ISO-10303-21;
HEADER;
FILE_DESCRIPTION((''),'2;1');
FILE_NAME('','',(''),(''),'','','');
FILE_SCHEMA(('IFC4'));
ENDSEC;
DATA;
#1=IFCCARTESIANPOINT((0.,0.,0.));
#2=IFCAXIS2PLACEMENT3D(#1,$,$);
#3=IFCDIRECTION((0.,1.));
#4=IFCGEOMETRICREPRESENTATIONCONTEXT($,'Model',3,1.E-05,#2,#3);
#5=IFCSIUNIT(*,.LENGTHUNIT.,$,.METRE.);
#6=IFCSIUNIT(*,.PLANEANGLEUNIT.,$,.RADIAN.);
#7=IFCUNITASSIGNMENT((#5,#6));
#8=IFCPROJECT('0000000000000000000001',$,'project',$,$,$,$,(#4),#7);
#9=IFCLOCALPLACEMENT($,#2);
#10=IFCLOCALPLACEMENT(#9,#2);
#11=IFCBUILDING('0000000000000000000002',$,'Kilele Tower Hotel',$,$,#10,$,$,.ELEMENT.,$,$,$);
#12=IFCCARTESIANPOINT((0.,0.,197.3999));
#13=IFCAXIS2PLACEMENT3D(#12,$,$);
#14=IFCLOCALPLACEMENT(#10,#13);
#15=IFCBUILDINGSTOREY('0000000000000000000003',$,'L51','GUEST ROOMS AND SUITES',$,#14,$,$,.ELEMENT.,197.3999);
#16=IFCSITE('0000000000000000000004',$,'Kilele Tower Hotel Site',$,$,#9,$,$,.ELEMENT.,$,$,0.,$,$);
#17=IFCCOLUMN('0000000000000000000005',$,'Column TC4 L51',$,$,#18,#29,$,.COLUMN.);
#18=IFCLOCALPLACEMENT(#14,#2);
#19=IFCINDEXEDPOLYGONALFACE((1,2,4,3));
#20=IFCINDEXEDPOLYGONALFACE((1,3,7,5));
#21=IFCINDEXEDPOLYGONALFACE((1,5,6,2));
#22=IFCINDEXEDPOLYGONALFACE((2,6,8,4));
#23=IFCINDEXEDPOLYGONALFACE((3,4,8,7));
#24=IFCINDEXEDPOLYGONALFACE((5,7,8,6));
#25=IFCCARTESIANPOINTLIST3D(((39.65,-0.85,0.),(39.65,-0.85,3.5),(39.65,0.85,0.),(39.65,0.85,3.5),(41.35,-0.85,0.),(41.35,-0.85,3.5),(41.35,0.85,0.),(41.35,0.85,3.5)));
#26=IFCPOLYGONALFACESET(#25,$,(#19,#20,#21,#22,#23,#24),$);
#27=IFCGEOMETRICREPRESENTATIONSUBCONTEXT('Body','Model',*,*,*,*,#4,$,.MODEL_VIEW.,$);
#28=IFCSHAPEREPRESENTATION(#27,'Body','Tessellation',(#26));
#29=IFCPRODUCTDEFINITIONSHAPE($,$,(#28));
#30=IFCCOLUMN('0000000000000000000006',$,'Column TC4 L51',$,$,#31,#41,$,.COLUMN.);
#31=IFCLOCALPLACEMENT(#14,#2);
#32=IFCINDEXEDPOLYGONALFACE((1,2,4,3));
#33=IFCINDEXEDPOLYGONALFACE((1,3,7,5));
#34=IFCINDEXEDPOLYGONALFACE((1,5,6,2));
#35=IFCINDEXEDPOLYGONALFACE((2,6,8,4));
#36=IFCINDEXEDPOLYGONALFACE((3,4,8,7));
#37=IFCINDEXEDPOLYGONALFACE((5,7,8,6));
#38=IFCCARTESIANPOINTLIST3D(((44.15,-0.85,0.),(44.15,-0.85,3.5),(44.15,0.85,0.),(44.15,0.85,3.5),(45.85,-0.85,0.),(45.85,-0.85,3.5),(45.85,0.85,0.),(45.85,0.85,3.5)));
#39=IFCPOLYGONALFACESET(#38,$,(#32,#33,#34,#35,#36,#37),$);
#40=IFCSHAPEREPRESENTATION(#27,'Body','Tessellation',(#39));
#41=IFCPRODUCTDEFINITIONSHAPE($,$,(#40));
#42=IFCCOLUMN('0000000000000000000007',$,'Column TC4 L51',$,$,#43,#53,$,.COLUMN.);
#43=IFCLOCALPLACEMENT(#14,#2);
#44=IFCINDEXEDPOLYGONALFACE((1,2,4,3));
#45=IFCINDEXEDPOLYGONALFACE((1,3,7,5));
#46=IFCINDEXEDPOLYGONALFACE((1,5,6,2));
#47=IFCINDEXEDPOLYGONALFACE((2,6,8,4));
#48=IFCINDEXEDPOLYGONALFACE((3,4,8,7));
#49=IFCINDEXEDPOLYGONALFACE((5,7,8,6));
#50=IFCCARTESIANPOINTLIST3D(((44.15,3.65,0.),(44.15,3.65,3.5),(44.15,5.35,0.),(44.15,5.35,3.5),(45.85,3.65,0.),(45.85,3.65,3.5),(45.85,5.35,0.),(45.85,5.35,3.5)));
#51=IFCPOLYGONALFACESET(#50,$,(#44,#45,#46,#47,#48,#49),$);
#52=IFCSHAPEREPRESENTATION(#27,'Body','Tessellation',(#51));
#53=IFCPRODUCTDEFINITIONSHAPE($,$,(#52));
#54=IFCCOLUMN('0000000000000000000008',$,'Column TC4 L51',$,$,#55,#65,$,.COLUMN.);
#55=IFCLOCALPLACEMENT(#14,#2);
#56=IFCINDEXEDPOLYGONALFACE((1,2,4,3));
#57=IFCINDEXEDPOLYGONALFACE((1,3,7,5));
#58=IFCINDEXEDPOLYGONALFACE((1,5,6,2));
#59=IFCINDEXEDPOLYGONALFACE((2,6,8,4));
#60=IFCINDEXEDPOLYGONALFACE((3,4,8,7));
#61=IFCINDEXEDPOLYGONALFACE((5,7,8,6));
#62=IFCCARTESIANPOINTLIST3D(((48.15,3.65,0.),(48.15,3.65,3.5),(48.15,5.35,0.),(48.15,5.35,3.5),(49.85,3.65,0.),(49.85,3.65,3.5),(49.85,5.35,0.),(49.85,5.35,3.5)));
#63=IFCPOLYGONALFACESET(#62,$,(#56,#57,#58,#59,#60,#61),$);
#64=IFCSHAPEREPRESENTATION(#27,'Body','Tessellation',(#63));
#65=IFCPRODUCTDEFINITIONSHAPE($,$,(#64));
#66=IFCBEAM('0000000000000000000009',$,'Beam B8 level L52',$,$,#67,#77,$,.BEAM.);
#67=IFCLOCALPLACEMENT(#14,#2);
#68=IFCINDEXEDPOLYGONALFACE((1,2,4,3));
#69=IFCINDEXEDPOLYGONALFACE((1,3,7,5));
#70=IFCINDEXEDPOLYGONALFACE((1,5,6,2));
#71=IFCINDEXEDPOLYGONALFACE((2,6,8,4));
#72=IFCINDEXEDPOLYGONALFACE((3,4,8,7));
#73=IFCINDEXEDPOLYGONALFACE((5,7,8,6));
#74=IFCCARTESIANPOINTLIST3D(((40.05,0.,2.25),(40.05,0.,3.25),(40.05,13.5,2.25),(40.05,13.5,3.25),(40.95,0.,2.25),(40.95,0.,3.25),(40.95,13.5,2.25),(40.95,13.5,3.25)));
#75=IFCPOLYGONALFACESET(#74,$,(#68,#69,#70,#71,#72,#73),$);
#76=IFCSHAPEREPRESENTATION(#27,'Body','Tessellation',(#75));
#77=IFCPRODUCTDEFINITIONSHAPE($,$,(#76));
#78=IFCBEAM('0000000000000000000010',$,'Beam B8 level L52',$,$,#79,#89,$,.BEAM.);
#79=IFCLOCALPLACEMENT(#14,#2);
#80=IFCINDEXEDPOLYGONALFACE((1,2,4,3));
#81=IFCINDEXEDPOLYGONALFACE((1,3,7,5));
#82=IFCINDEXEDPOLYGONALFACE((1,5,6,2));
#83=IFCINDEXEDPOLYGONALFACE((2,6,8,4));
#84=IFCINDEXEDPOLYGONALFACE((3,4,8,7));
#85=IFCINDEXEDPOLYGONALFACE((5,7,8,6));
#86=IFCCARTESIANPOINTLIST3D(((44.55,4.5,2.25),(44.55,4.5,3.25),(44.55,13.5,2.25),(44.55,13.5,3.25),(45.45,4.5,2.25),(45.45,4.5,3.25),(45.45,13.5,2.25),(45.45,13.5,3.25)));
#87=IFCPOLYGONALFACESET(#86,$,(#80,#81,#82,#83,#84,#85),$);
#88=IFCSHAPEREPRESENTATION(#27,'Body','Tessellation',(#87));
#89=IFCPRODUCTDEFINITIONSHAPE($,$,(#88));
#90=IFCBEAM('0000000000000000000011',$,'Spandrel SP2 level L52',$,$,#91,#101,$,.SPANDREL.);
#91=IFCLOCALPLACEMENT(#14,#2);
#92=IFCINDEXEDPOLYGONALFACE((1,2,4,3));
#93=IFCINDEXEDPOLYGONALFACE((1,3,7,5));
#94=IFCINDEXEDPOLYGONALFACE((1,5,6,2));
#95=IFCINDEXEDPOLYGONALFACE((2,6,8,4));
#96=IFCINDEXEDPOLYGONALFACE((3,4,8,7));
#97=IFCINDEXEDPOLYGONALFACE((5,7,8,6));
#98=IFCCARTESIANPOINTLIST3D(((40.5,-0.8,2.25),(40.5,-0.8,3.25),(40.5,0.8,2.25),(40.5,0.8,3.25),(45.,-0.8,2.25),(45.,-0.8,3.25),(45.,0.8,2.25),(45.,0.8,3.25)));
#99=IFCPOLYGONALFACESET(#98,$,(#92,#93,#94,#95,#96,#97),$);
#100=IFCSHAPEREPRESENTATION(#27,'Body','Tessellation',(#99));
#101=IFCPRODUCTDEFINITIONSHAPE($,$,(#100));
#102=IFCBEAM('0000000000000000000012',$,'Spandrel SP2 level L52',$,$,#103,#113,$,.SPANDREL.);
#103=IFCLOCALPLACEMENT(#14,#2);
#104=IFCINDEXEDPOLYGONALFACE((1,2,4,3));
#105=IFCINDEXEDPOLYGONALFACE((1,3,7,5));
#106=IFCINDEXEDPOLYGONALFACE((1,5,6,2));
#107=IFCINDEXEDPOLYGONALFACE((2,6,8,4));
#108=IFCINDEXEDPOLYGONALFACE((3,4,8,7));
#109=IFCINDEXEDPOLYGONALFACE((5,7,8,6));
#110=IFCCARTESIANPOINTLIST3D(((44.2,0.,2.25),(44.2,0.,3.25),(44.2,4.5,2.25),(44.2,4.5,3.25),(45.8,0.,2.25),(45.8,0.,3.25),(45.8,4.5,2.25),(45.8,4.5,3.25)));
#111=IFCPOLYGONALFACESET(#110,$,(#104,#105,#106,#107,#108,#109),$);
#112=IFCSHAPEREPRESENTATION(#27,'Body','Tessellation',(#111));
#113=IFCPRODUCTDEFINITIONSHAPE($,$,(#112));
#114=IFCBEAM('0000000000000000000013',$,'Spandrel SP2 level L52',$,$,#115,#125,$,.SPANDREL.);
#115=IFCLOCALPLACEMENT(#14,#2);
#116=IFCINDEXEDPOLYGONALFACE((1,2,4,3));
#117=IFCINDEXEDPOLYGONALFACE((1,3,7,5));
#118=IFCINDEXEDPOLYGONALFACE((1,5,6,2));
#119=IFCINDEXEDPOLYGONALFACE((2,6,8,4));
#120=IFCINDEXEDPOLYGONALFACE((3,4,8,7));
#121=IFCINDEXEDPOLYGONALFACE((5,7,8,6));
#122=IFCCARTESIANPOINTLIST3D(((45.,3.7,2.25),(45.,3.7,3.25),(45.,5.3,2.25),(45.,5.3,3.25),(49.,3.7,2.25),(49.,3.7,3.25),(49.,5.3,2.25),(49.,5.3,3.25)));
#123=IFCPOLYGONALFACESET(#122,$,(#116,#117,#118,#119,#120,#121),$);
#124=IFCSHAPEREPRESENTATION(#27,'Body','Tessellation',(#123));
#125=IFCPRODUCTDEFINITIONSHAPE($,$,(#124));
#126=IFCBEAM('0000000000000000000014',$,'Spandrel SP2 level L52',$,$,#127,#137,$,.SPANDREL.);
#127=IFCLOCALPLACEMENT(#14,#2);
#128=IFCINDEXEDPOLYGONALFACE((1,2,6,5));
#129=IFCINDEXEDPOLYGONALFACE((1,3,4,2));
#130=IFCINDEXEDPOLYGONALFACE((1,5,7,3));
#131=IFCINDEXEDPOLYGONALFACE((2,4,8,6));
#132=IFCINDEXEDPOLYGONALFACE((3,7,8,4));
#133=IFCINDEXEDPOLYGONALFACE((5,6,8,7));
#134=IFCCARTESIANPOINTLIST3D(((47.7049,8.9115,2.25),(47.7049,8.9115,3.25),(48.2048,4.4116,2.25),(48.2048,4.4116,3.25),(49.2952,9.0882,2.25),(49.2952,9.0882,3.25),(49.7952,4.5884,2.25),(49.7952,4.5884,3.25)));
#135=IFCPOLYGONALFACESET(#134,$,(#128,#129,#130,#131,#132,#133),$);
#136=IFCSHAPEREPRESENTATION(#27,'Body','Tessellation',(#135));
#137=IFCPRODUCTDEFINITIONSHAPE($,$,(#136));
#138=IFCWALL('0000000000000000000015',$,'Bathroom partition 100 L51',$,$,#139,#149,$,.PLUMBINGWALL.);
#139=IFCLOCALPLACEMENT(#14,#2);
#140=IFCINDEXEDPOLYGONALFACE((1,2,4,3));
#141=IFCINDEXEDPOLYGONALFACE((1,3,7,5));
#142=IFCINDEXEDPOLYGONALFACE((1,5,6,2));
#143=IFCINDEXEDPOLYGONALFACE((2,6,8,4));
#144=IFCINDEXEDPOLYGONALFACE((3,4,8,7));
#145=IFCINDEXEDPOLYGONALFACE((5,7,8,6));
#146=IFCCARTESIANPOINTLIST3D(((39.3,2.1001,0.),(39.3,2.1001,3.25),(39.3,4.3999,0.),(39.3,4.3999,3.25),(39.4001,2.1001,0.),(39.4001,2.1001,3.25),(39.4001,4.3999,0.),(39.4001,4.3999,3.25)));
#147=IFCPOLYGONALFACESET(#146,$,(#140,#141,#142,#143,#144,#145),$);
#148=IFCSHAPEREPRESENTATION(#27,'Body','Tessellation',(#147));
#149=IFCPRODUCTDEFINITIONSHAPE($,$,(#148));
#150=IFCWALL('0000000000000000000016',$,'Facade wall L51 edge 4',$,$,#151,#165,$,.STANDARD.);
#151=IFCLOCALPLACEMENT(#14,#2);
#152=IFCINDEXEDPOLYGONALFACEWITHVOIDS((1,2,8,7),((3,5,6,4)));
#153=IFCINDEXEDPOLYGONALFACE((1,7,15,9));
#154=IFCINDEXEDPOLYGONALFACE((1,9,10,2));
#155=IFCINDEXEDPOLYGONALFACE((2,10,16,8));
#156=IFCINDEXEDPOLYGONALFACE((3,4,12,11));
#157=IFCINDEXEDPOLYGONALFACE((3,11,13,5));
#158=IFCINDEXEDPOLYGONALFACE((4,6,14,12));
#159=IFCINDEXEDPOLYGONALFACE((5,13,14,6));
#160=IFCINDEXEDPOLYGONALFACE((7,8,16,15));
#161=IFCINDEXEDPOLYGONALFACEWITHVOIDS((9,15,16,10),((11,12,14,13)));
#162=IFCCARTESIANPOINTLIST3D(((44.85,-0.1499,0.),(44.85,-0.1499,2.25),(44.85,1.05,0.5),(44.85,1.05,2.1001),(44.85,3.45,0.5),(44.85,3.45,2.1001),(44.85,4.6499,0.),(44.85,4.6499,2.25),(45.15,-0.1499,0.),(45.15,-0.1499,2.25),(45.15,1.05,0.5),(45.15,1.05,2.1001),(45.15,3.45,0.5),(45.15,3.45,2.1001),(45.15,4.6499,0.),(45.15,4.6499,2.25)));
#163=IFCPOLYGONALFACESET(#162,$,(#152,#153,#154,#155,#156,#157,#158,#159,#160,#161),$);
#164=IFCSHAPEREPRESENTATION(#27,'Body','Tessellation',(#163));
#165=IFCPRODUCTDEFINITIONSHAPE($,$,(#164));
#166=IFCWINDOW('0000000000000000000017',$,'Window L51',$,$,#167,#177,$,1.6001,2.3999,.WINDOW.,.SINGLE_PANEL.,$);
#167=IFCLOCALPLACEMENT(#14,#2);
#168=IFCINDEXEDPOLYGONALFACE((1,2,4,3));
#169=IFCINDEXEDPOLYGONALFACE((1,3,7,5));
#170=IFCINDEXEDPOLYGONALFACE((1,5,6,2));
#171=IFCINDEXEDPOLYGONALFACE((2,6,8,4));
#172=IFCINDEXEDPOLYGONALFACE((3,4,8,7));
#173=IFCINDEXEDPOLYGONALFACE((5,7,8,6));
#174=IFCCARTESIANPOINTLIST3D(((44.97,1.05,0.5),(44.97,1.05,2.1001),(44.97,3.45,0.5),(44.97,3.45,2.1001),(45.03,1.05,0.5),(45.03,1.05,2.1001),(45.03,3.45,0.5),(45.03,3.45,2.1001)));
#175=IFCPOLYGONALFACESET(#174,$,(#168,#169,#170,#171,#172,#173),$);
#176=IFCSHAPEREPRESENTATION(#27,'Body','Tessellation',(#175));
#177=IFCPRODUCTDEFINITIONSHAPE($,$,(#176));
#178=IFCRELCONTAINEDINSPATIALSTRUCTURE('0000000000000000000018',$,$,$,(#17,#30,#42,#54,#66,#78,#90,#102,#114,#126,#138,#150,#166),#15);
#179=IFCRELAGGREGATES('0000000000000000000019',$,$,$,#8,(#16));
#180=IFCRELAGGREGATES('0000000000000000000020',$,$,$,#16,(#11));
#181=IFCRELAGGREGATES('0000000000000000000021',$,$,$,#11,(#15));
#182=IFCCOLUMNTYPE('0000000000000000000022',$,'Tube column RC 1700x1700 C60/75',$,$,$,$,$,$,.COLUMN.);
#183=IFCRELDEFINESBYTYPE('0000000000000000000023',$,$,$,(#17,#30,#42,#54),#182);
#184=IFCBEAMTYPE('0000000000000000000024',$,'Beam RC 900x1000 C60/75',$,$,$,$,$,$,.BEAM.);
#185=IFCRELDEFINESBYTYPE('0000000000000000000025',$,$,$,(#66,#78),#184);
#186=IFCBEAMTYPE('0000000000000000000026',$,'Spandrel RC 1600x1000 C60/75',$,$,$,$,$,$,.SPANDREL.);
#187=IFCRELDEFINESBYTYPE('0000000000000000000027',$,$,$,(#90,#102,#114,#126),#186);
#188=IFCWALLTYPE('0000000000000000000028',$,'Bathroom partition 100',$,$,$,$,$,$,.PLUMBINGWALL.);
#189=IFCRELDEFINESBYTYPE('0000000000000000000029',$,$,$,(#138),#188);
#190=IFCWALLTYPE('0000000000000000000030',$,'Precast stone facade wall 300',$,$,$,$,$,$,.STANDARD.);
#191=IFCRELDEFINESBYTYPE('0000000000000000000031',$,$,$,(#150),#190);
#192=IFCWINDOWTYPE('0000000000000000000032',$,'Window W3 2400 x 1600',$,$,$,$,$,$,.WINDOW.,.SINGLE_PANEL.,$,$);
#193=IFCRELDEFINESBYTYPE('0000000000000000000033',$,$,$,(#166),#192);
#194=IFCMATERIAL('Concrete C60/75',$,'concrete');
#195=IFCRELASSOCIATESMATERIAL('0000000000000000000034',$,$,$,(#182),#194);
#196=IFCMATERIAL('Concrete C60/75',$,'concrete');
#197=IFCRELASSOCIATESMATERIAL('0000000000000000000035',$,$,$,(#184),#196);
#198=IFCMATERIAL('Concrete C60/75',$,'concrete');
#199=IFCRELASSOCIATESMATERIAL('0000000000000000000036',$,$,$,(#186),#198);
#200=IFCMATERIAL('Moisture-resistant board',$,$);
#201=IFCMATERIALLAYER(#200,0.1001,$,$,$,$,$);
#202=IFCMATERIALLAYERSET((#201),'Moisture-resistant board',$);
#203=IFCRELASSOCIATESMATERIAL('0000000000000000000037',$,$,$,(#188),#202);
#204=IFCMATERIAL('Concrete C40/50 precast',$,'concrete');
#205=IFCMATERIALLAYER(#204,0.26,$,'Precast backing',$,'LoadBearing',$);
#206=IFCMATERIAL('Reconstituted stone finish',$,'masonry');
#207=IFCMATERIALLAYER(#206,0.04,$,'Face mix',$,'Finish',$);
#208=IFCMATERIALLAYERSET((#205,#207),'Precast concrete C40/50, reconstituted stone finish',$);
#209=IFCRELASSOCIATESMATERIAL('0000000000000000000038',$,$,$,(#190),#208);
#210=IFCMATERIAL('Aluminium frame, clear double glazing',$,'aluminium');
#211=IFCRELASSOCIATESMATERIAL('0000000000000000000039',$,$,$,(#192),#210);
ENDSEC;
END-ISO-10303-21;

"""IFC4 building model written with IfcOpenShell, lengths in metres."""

from ifc_helpers import new_model, si_unit, direction, frame, frame_2d, origin, origin_2d, place, context, subcontext, project, spatial, rectangle, extrude, material, layer, layer_set, material_profile, profile_set, type_object, element, fill, save


model = new_model("IFC4")

# Units and contexts
model_context = context("Model", 3, precision=1e-05, world=origin(), true_north=direction((0.0, 1.0)))
body_context = subcontext(model_context, "Body", "Model", "MODEL_VIEW")
ifc_project = project(units=[si_unit("LENGTHUNIT", "METRE"), si_unit("PLANEANGLEUNIT", "RADIAN")], contexts=[model_context])

# Site, building, storey
site_placement = place(None, origin())
site = spatial("IfcSite", under=ifc_project, at=site_placement, Name="Kilele Tower Hotel Site", CompositionType="ELEMENT", RefElevation=0.0)
building_placement = place(site_placement, origin())
building = spatial("IfcBuilding", under=site, at=building_placement, Name="Kilele Tower Hotel", CompositionType="ELEMENT")
storey_placement = place(building_placement, frame((0.0, 0.0, 197.3999)))
storey = spatial("IfcBuildingStorey", under=building, at=storey_placement, Name="L51", Description="GUEST ROOMS AND SUITES", CompositionType="ELEMENT", Elevation=197.3999)

# Columns
ifc_material_1 = material(Name="Concrete C60/75", Category="concrete")
ifc_material_profile_1 = material_profile(ifc_material_1, rectangle(XDim=1.7, YDim=1.7, at=origin_2d()))
ifc_profile_set_1 = profile_set([ifc_material_profile_1], Name="Concrete C60/75")
column_type = type_object("IfcColumnType", Name="Tube column RC 1700x1700 C60/75", PredefinedType="COLUMN", material=ifc_profile_set_1)
for number, where, z_axis, x_axis, name in (
    (1, (40.5, 0.0, 0.0), (0.0, 0.0, 1.0), (1.0, 0.0, 0.0), "Column TC4 L51"),
    (2, (45.0, 0.0, 0.0), (0.0, 0.0, 1.0), (1.0, 0.0, 0.0), "Column TC4 L51"),
    (3, (45.0, 4.5, 0.0), (0.0, 0.0, 1.0), (1.0, 0.0, 0.0), "Column TC4 L51"),
    (4, (49.0, 4.5, 0.0), (0.0, 0.0, 1.0), (1.0, 0.0, 0.0), "Column TC4 L51"),
):
    element("IfcColumn", number, at=place(storey_placement, frame(where, z_axis=z_axis, x_axis=x_axis)), inside=storey, type_object=column_type, Name=name, PredefinedType="COLUMN", context=body_context, shape_type="SweptSolid", body=[
        extrude(rectangle(XDim=1.7, YDim=1.7, at=origin_2d()), origin(), (0.0, 0.0, 1.0), 3.5),
    ])

# Beams
ifc_material_2 = material(Name="Concrete C60/75", Category="concrete")
ifc_material_profile_2 = material_profile(ifc_material_2, rectangle(XDim=0.8999, YDim=1.0, at=origin_2d()))
ifc_profile_set_2 = profile_set([ifc_material_profile_2], Name="Concrete C60/75")
beam_type_1 = type_object("IfcBeamType", Name="Beam RC 900x1000 C60/75", PredefinedType="BEAM", material=ifc_profile_set_2)
beam_1_placement = place(storey_placement, frame((40.5, 0.0, 2.75), z_axis=(0.0, 1.0, 0.0), x_axis=(-1.0, 0.0, 0.0)))
element("IfcBeam", 5, at=beam_1_placement, inside=storey, type_object=beam_type_1, Name="Beam B8 level L52", PredefinedType="BEAM", context=body_context, shape_type="SweptSolid", body=[
    extrude(rectangle(XDim=0.8999, YDim=1.0, at=origin_2d()), origin(), (0.0, 0.0, 1.0), 13.5),
])
beam_2_placement = place(storey_placement, frame((45.0, 4.5, 2.75), z_axis=(0.0, 1.0, 0.0), x_axis=(-1.0, 0.0, 0.0)))
element("IfcBeam", 6, at=beam_2_placement, inside=storey, type_object=beam_type_1, Name="Beam B8 level L52", PredefinedType="BEAM", context=body_context, shape_type="SweptSolid", body=[
    extrude(rectangle(XDim=0.8999, YDim=1.0, at=origin_2d()), origin(), (0.0, 0.0, 1.0), 9.0),
])
ifc_material_3 = material(Name="Concrete C60/75", Category="concrete")
ifc_material_profile_3 = material_profile(ifc_material_3, rectangle(XDim=1.6001, YDim=1.0, at=origin_2d()))
ifc_profile_set_3 = profile_set([ifc_material_profile_3], Name="Concrete C60/75")
beam_type_2 = type_object("IfcBeamType", Name="Spandrel RC 1600x1000 C60/75", PredefinedType="SPANDREL", material=ifc_profile_set_3)
for number, where, z_axis, x_axis, name in (
    (7, (40.5, 0.0, 2.75), (1.0, 0.0, 0.0), (0.0, 1.0, 0.0), "Spandrel SP2 level L52"),
    (8, (45.0, 0.0, 2.75), (0.0, 1.0, 0.0), (-1.0, 0.0, 0.0), "Spandrel SP2 level L52"),
):
    element("IfcBeam", number, at=place(storey_placement, frame(where, z_axis=z_axis, x_axis=x_axis)), inside=storey, type_object=beam_type_2, Name=name, PredefinedType="SPANDREL", context=body_context, shape_type="SweptSolid", body=[
        extrude(rectangle(XDim=1.6001, YDim=1.0, at=origin_2d()), origin(), (0.0, 0.0, 1.0), 4.5),
    ])
beam_3_placement = place(storey_placement, frame((45.0, 4.5, 2.75), z_axis=(1.0, 0.0, 0.0), x_axis=(0.0, 1.0, 0.0)))
element("IfcBeam", 9, at=beam_3_placement, inside=storey, type_object=beam_type_2, Name="Spandrel SP2 level L52", PredefinedType="SPANDREL", context=body_context, shape_type="SweptSolid", body=[
    extrude(rectangle(XDim=1.6001, YDim=1.0, at=origin_2d()), origin(), (0.0, 0.0, 1.0), 4.0),
])
beam_4_placement = place(storey_placement, frame((49.0, 4.5, 2.75), z_axis=(-0.110432, 0.993884, 0.0), x_axis=(-0.993884, -0.110432, 0.0)))
element("IfcBeam", 10, at=beam_4_placement, inside=storey, type_object=beam_type_2, Name="Spandrel SP2 level L52", PredefinedType="SPANDREL", context=body_context, shape_type="SweptSolid", body=[
    extrude(rectangle(XDim=1.6001, YDim=1.0, at=origin_2d()), origin(), (0.0, 0.0, 1.0), 4.5276),
])

# Wall
ifc_material_4 = material(Name="Moisture-resistant board")
ifc_layer_1 = layer(ifc_material_4, 0.1001)
ifc_layer_set_1 = layer_set([ifc_layer_1], Name="Moisture-resistant board")
wall_type_1 = type_object("IfcWallType", Name="Bathroom partition 100", PredefinedType="PLUMBINGWALL", material=ifc_layer_set_1)
wall_1_placement = place(storey_placement, frame((39.3501, 4.3999, 0.0), z_axis=(0.0, 0.0, 1.0), x_axis=(0.0, -1.0, 0.0)))
element("IfcWall", 11, at=wall_1_placement, inside=storey, type_object=wall_type_1, Name="Bathroom partition 100 L51", PredefinedType="PLUMBINGWALL", context=body_context, shape_type="SweptSolid", body=[
    extrude(rectangle(XDim=2.2998, YDim=0.1001, at=frame_2d((1.1499, 0.0))), origin(), (0.0, 0.0, 1.0), 3.25),
])

# Wall, opening, window
ifc_material_5 = material(Name="Concrete C40/50 precast", Category="concrete")
ifc_layer_2 = layer(ifc_material_5, 0.26, Name="Precast backing", Category="LoadBearing")
ifc_material_6 = material(Name="Reconstituted stone finish", Category="masonry")
ifc_layer_3 = layer(ifc_material_6, 0.04, Name="Face mix", Category="Finish")
ifc_layer_set_2 = layer_set([ifc_layer_2, ifc_layer_3], Name="Precast concrete C40/50, reconstituted stone finish")
wall_type_2 = type_object("IfcWallType", Name="Precast stone facade wall 300", PredefinedType="STANDARD", material=ifc_layer_set_2)
wall_2_placement = place(storey_placement, frame((45.0, -0.1499, 0.0), z_axis=(0.0, 0.0, 1.0), x_axis=(0.0, 1.0, 0.0)))
wall_2 = element("IfcWall", 12, at=wall_2_placement, inside=storey, type_object=wall_type_2, Name="Facade wall L51 edge 4", PredefinedType="STANDARD", context=body_context, shape_type="SweptSolid", body=[
    extrude(rectangle(XDim=4.7998, YDim=0.3, at=frame_2d((2.3999, 0.0))), origin(), (0.0, 0.0, 1.0), 2.25),
])
opening_1_placement = place(wall_2_placement, frame((1.2, 0.0, 0.5)))
opening_1 = element("IfcOpeningElement", 13, at=opening_1_placement, cuts=wall_2, PredefinedType="OPENING", context=body_context, shape_type="SweptSolid", body=[
    extrude(rectangle(XDim=2.3999, YDim=1.6001, at=frame_2d((1.2, 0.8))), frame((0.0, 0.1599, 0.0), z_axis=(0.0, -1.0, 0.0), x_axis=(1.0, 0.0, 0.0)), (0.0, 0.0, 1.0), 0.3201),
])
ifc_material_7 = material(Name="Aluminium frame, clear double glazing", Category="aluminium")
window_type_1 = type_object("IfcWindowType", Name="Window W3 2400 x 1600", PartitioningType="SINGLE_PANEL", PredefinedType="WINDOW", material=ifc_material_7)
window_1_placement = place(opening_1_placement, origin())
window_1 = element("IfcWindow", 14, at=window_1_placement, inside=storey, type_object=window_type_1, Name="Window L51", OverallHeight=1.6001, OverallWidth=2.3999, PartitioningType="SINGLE_PANEL", PredefinedType="WINDOW", context=body_context, shape_type="SweptSolid", body=[
    extrude(rectangle(XDim=2.3999, YDim=1.6001, at=frame_2d((1.2, 0.8))), frame((0.0, 0.03, 0.0), z_axis=(0.0, -1.0, 0.0), x_axis=(1.0, 0.0, 0.0)), (0.0, 0.0, 1.0), 0.0601),
])
fill(opening_1, window_1)

save(model, "model.ifc")
